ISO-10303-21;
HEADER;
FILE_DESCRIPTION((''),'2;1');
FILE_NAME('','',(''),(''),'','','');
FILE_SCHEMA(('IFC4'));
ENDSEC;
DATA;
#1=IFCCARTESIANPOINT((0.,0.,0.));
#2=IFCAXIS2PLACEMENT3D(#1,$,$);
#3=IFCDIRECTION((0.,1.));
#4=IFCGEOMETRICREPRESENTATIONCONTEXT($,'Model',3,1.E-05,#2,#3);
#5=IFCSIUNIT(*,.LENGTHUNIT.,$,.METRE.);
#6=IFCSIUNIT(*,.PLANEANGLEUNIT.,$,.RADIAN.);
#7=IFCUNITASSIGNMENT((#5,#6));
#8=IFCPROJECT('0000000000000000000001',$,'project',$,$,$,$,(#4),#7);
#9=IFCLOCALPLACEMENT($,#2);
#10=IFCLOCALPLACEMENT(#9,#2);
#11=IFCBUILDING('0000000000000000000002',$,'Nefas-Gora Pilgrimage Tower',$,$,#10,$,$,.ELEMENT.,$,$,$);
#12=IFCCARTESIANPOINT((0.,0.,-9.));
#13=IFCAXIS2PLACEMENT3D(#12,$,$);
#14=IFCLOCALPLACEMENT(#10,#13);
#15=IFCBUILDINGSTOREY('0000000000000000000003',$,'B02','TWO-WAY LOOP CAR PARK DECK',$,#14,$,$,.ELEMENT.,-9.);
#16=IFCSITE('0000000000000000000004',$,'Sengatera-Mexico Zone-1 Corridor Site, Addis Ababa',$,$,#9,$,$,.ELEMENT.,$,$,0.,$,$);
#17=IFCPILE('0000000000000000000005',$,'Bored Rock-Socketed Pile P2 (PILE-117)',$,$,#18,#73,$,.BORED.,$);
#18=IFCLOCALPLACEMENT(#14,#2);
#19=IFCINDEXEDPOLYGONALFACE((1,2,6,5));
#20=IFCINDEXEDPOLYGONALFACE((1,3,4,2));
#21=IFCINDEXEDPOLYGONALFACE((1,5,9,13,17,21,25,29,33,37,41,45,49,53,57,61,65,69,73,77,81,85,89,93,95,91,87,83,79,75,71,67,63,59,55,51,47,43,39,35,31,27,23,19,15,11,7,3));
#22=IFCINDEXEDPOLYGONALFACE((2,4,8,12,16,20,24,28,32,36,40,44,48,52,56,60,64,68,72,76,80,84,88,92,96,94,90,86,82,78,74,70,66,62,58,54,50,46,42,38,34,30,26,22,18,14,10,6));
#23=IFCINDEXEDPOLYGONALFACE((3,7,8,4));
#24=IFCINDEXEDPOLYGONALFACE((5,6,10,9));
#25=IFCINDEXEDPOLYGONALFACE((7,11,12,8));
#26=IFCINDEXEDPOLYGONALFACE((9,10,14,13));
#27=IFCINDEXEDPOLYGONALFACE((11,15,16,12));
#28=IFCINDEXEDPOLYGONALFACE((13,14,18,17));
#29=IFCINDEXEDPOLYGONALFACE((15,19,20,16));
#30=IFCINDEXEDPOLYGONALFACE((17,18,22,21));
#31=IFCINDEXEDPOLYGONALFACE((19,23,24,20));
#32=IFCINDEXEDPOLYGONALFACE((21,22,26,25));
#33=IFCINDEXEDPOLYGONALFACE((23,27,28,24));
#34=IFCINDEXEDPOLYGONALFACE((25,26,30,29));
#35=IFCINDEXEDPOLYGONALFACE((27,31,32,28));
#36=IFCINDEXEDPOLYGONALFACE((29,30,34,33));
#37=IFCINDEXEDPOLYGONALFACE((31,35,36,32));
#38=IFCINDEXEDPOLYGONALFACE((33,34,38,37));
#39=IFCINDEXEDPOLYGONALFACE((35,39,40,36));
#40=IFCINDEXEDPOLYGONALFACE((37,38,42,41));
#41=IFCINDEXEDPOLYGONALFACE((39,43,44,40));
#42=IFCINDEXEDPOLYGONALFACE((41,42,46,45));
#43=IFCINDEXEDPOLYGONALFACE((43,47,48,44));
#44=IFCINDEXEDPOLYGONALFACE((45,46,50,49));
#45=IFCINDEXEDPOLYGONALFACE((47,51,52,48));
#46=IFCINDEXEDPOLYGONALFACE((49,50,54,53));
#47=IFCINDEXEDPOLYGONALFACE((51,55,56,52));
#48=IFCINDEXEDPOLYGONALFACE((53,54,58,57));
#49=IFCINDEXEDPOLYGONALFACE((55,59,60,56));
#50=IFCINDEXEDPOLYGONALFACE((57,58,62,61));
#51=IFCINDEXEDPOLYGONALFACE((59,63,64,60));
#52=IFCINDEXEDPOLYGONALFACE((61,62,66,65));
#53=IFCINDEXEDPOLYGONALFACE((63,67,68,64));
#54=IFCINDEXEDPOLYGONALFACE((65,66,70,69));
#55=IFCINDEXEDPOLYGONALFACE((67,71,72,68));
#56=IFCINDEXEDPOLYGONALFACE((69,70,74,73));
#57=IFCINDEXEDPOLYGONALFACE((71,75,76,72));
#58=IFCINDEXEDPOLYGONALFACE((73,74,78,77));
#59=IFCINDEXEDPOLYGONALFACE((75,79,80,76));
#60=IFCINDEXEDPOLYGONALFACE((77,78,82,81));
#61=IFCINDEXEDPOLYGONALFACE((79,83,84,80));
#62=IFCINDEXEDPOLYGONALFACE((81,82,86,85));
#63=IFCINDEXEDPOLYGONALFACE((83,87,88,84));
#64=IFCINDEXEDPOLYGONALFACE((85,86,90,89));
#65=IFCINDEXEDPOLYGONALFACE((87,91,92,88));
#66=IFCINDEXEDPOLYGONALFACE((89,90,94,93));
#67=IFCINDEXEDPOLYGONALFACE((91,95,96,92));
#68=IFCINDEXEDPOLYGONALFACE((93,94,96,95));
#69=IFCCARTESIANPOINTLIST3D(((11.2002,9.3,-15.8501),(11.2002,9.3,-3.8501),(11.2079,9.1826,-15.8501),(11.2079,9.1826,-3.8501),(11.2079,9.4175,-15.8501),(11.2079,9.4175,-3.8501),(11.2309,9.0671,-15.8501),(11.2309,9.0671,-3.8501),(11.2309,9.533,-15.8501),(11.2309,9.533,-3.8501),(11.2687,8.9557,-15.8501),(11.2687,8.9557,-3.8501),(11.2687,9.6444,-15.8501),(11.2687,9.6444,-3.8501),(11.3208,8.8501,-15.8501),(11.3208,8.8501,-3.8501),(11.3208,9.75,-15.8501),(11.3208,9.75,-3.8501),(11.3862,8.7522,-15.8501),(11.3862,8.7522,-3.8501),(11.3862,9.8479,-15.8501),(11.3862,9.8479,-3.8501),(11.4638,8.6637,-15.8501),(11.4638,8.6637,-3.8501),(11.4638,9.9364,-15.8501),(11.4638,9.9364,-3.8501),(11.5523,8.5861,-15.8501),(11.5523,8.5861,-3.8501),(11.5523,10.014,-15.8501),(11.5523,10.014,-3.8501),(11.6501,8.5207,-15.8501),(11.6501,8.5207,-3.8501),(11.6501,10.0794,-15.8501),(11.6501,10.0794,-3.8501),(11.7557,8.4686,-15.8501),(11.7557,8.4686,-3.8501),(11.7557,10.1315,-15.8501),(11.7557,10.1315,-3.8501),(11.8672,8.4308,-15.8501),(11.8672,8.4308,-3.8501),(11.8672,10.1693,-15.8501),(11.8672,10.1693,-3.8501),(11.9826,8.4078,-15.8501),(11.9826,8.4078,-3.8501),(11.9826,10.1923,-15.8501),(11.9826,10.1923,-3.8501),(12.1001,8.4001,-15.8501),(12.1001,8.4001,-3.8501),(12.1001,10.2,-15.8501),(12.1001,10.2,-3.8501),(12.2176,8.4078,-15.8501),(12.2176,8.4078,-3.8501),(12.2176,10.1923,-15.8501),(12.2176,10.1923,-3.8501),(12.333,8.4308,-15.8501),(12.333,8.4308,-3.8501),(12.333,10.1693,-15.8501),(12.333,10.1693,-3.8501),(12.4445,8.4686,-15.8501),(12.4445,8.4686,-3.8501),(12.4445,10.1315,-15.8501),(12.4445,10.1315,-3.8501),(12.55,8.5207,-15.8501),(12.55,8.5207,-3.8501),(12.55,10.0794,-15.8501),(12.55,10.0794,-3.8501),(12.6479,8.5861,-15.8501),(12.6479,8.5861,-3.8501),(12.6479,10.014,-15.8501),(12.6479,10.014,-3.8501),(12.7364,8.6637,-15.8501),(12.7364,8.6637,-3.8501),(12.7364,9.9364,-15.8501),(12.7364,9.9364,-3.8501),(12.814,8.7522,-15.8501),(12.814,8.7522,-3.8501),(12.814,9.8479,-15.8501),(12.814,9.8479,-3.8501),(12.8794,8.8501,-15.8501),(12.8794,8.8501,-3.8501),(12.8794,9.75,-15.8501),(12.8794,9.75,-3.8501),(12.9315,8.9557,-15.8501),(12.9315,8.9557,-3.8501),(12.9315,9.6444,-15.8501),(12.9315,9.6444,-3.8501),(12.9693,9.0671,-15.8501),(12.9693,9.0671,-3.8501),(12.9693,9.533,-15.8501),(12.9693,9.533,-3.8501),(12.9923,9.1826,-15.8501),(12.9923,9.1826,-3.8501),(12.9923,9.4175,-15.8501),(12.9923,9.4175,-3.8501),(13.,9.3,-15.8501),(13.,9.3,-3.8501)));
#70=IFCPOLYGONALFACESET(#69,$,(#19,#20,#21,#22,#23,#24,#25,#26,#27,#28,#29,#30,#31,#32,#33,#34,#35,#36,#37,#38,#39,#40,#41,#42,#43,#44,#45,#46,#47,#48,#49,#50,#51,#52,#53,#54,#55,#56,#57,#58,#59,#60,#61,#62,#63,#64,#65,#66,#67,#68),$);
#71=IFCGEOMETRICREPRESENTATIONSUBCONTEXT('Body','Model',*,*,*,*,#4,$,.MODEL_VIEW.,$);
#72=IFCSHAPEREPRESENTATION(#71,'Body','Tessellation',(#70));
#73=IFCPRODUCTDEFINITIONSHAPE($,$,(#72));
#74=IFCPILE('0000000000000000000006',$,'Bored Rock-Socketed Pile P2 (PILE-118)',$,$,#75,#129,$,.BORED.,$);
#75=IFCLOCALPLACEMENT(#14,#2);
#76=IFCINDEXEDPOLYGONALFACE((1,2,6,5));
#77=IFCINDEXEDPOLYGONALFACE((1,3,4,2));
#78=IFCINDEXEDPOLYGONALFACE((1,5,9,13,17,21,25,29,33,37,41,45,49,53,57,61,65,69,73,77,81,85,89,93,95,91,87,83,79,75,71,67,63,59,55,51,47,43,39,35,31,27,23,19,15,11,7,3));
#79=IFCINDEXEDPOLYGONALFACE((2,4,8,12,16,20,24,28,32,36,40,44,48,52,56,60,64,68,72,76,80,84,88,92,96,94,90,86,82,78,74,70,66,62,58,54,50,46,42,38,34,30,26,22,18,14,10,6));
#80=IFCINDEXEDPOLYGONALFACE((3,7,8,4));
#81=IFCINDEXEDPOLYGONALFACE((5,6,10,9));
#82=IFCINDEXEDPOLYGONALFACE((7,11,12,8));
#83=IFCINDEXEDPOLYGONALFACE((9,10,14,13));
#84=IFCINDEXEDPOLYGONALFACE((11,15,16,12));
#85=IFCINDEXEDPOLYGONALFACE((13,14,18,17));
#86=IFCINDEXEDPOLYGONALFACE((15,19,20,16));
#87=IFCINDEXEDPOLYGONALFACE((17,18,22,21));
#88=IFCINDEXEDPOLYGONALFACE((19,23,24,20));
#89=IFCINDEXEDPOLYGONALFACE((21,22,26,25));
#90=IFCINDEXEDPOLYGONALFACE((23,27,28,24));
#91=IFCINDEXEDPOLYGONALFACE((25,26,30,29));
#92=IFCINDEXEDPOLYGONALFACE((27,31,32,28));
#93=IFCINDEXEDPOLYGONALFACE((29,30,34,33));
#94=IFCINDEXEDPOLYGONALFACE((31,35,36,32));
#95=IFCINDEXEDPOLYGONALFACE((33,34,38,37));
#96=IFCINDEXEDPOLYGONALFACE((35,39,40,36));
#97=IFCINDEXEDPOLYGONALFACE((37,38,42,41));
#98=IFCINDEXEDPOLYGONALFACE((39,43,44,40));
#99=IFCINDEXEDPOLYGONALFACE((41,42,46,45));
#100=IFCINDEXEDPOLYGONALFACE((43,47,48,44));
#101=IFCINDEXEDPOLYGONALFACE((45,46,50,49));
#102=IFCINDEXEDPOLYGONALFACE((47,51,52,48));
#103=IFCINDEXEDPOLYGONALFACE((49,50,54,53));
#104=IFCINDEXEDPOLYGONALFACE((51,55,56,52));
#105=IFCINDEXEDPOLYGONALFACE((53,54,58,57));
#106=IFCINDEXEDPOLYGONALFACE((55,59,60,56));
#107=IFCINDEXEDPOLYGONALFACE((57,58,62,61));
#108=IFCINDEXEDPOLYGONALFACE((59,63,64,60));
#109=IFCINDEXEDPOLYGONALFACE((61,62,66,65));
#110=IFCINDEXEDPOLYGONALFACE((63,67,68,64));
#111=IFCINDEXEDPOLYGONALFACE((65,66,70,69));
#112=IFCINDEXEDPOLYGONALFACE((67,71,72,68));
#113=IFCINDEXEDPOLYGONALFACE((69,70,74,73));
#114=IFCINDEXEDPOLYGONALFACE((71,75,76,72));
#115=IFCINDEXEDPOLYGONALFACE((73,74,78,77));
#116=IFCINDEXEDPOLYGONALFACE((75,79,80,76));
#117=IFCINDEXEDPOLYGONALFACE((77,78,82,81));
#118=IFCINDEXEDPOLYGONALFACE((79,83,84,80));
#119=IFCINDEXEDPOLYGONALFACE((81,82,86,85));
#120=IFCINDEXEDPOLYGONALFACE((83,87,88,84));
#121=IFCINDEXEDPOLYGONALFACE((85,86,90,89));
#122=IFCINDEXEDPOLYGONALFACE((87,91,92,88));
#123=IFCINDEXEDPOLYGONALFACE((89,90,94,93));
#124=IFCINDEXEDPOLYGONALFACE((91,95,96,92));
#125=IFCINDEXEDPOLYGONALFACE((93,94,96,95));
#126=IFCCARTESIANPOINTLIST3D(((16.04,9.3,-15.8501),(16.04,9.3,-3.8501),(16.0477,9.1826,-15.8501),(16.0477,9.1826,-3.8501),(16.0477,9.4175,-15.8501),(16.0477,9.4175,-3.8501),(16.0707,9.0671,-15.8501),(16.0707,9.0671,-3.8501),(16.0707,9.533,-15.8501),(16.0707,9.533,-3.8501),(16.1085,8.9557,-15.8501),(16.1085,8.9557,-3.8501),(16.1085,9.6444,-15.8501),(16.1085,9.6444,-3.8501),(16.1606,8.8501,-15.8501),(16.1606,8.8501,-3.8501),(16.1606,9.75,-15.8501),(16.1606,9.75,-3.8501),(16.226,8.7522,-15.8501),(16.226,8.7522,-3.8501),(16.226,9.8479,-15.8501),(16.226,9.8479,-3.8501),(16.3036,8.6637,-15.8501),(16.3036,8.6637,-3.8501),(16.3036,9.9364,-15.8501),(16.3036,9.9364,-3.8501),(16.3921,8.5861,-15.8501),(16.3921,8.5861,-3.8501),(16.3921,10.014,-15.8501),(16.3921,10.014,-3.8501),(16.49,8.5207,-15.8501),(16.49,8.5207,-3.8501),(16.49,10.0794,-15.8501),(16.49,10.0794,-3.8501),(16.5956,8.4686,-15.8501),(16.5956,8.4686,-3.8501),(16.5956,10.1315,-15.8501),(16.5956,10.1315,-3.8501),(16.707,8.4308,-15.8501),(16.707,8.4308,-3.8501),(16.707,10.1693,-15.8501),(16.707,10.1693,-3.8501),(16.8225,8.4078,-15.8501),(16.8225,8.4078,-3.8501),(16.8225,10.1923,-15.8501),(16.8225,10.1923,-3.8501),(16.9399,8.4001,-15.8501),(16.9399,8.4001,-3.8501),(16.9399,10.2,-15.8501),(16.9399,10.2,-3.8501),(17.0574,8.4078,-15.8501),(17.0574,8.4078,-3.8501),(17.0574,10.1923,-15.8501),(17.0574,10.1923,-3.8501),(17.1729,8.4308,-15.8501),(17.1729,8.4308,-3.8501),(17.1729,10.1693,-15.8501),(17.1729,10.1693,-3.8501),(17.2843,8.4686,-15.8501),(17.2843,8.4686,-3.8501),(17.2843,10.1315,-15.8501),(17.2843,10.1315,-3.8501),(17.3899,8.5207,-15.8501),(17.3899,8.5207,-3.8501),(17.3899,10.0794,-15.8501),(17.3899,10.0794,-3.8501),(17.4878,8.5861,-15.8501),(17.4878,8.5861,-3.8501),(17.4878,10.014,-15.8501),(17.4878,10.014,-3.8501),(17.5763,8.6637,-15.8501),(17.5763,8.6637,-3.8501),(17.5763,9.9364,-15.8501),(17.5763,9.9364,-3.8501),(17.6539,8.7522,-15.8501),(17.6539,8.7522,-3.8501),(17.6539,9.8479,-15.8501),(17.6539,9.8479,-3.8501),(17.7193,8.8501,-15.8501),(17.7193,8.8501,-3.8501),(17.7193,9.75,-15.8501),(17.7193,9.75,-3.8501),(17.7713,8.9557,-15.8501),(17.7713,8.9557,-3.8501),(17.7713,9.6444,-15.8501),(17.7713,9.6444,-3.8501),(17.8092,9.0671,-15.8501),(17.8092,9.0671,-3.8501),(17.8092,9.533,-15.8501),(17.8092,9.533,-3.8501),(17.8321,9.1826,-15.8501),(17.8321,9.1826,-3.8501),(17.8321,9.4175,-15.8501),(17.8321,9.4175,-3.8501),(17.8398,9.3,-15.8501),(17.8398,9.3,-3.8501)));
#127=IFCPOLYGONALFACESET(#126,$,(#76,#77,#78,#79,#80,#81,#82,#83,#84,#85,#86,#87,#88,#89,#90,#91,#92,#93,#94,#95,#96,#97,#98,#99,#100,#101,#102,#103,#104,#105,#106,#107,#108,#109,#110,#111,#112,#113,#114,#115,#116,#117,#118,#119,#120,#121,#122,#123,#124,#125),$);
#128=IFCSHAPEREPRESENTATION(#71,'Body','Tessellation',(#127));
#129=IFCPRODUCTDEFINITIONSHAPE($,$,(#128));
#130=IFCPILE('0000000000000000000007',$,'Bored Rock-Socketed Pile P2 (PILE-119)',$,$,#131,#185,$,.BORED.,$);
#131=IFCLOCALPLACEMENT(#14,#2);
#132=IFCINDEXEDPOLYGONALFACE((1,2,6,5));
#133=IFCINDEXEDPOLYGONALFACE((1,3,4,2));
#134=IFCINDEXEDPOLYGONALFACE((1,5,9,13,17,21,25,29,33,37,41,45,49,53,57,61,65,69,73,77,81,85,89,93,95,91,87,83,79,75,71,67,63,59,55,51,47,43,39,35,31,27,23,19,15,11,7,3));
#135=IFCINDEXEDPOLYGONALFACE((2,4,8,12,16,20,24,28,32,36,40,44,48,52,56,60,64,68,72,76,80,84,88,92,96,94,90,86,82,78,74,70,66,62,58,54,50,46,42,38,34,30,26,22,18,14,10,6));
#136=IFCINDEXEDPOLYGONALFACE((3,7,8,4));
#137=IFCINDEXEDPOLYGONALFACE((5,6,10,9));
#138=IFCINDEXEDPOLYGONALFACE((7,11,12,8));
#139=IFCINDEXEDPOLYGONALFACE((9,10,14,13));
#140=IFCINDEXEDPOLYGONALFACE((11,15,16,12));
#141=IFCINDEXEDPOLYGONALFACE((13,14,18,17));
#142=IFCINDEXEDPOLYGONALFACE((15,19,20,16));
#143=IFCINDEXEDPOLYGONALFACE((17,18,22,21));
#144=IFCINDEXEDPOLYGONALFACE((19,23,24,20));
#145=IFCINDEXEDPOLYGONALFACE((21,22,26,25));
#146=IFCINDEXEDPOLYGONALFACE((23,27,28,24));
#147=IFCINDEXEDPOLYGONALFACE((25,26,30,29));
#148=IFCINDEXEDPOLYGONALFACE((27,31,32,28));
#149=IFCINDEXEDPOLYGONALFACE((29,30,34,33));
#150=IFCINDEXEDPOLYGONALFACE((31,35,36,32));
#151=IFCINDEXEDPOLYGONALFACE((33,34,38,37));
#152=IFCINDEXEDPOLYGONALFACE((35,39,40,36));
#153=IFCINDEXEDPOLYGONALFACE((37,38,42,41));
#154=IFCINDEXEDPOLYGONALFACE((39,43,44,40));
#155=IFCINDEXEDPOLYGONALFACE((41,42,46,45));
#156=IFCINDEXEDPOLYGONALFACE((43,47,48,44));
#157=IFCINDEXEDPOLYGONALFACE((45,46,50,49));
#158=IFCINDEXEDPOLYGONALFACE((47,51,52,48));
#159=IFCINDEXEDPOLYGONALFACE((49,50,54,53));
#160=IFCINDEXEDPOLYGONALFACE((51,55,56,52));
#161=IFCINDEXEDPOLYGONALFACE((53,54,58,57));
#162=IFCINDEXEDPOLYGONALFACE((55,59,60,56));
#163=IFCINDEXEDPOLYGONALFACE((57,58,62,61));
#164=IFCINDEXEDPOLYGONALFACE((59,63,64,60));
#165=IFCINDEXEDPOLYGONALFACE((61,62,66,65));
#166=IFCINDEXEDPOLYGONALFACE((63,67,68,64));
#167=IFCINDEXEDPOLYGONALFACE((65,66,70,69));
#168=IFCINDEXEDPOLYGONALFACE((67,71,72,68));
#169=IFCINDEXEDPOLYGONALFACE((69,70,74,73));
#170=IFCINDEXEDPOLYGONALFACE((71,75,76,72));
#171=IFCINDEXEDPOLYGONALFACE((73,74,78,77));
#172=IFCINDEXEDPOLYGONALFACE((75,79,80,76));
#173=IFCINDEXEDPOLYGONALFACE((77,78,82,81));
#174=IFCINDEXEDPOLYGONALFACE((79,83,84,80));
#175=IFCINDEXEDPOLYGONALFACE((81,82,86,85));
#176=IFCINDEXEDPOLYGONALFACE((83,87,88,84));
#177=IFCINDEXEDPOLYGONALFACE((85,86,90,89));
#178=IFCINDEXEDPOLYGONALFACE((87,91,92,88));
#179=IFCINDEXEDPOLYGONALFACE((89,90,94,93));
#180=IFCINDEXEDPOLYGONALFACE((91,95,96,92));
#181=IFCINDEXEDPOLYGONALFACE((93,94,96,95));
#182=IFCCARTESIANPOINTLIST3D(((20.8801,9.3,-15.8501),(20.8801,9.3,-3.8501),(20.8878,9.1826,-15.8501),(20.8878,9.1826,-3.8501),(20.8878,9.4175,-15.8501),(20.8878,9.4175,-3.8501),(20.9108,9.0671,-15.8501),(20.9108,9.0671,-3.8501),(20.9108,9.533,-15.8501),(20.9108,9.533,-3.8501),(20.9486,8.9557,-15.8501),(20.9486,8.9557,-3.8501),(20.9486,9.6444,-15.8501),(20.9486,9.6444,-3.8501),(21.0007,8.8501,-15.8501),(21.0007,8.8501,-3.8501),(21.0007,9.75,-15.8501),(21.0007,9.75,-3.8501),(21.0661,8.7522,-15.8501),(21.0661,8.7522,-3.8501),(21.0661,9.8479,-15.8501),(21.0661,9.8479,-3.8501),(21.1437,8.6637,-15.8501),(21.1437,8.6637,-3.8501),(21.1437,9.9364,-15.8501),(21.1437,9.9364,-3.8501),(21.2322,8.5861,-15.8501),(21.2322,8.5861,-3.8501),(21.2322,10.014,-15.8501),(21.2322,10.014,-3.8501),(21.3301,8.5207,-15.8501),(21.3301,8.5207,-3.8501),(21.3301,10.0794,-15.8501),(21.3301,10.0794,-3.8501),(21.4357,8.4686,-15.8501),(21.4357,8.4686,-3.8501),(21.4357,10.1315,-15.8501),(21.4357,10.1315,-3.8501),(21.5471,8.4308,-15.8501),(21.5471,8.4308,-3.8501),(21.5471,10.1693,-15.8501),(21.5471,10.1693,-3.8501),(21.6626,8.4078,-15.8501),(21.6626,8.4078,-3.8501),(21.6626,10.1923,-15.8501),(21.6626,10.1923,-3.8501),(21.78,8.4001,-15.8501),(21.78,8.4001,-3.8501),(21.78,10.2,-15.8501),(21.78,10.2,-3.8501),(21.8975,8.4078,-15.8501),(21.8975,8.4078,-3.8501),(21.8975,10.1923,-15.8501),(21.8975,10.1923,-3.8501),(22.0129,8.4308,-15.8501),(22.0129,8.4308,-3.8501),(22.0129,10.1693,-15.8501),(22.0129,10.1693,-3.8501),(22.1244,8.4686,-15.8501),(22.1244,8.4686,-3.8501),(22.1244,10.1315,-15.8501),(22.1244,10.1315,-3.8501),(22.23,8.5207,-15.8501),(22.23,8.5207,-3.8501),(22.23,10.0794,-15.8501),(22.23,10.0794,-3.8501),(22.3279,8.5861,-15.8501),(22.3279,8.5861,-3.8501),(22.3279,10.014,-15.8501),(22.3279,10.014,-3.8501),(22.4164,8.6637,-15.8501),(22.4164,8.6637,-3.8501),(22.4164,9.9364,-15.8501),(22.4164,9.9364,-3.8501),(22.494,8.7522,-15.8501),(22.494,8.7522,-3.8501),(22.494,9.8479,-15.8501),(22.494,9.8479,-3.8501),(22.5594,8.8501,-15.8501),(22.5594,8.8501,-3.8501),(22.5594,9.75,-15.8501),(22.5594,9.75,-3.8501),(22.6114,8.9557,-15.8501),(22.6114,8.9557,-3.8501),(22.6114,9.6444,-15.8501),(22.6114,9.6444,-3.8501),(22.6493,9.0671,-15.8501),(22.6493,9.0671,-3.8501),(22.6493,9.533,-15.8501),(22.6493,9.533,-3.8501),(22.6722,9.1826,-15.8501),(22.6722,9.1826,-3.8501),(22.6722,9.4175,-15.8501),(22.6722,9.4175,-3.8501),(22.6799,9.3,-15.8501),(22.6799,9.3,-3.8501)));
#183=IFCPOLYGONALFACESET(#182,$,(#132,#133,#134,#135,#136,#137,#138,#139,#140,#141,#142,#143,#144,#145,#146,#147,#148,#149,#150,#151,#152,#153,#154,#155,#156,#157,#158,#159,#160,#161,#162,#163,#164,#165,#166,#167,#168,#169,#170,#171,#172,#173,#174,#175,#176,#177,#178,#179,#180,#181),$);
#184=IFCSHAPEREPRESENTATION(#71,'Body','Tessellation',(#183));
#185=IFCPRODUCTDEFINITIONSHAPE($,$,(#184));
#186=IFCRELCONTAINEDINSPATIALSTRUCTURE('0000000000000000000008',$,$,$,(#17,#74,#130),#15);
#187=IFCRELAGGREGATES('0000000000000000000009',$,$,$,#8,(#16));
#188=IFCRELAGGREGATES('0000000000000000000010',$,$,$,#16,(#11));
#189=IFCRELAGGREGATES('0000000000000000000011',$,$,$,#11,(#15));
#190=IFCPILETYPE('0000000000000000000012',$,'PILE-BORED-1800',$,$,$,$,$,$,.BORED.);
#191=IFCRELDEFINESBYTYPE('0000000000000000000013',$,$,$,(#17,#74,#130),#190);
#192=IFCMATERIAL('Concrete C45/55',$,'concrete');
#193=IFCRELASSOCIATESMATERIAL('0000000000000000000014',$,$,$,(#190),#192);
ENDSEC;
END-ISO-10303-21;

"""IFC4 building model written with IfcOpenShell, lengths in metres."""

from ifc_helpers import new_model, si_unit, direction, frame, origin, origin_2d, place, context, subcontext, project, spatial, circle, extrude, source, transform, mapped, material, material_profile, profile_set, type_object, element, save


model = new_model("IFC4")

# Units and contexts
model_context = context("Model", 3, precision=1e-05, world=origin(), true_north=direction((0.0, 1.0)))
body_context = subcontext(model_context, "Body", "Model", "MODEL_VIEW")
ifc_project = project(units=[si_unit("LENGTHUNIT", "METRE"), si_unit("PLANEANGLEUNIT", "RADIAN")], contexts=[model_context])

# Site, building, storey
site_placement = place(None, origin())
site = spatial("IfcSite", under=ifc_project, at=site_placement, Name="Sengatera-Mexico Zone-1 Corridor Site, Addis Ababa", CompositionType="ELEMENT", RefElevation=0.0)
building_placement = place(site_placement, origin())
building = spatial("IfcBuilding", under=site, at=building_placement, Name="Nefas-Gora Pilgrimage Tower", CompositionType="ELEMENT")
storey_placement = place(building_placement, frame((0.0, 0.0, -9.0)))
storey = spatial("IfcBuildingStorey", under=building, at=storey_placement, Name="B02", Description="TWO-WAY LOOP CAR PARK DECK", CompositionType="ELEMENT", Elevation=-9.0)

# Piles
ifc_material_1 = material(Name="Concrete C45/55", Category="concrete")
ifc_material_profile_1 = material_profile(ifc_material_1, circle(Radius=0.8999, at=origin_2d()), Name="PILE D1800")
ifc_profile_set_1 = profile_set([ifc_material_profile_1], Name="Concrete C45/55")
pile_type_1 = type_object("IfcPileType", Name="PILE-BORED-1800", PredefinedType="BORED", material=ifc_profile_set_1)
shared_shape_1 = source(origin(), body_context, "Body", "SweptSolid", [
    extrude(circle(Radius=0.8999, at=origin_2d()), origin(), (0.0, 0.0, 1.0), 12.0),
])
for number, where, z_axis, x_axis, name in (
    (1, (12.1001, 9.3, -3.8501), (0.0, 0.0, -1.0), (1.0, 0.0, 0.0), "Bored Rock-Socketed Pile P2 (PILE-117)"),
    (2, (16.9399, 9.3, -3.8501), (0.0, 0.0, -1.0), (1.0, 0.0, 0.0), "Bored Rock-Socketed Pile P2 (PILE-118)"),
    (3, (21.78, 9.3, -3.8501), (0.0, 0.0, -1.0), (1.0, 0.0, 0.0), "Bored Rock-Socketed Pile P2 (PILE-119)"),
):
    element("IfcPile", number, at=place(storey_placement, frame(where, z_axis=z_axis, x_axis=x_axis)), inside=storey, type_object=pile_type_1, Name=name, PredefinedType="BORED", context=body_context, shape_type="MappedRepresentation", body=[
        mapped(shared_shape_1, transform((0.0, 0.0, 0.0), x_axis=(1.0, 0.0, 0.0), y_axis=(0.0, 1.0, 0.0), z_axis=(0.0, 0.0, 1.0), scale=1.0)),
    ])

save(model, "model.ifc")
